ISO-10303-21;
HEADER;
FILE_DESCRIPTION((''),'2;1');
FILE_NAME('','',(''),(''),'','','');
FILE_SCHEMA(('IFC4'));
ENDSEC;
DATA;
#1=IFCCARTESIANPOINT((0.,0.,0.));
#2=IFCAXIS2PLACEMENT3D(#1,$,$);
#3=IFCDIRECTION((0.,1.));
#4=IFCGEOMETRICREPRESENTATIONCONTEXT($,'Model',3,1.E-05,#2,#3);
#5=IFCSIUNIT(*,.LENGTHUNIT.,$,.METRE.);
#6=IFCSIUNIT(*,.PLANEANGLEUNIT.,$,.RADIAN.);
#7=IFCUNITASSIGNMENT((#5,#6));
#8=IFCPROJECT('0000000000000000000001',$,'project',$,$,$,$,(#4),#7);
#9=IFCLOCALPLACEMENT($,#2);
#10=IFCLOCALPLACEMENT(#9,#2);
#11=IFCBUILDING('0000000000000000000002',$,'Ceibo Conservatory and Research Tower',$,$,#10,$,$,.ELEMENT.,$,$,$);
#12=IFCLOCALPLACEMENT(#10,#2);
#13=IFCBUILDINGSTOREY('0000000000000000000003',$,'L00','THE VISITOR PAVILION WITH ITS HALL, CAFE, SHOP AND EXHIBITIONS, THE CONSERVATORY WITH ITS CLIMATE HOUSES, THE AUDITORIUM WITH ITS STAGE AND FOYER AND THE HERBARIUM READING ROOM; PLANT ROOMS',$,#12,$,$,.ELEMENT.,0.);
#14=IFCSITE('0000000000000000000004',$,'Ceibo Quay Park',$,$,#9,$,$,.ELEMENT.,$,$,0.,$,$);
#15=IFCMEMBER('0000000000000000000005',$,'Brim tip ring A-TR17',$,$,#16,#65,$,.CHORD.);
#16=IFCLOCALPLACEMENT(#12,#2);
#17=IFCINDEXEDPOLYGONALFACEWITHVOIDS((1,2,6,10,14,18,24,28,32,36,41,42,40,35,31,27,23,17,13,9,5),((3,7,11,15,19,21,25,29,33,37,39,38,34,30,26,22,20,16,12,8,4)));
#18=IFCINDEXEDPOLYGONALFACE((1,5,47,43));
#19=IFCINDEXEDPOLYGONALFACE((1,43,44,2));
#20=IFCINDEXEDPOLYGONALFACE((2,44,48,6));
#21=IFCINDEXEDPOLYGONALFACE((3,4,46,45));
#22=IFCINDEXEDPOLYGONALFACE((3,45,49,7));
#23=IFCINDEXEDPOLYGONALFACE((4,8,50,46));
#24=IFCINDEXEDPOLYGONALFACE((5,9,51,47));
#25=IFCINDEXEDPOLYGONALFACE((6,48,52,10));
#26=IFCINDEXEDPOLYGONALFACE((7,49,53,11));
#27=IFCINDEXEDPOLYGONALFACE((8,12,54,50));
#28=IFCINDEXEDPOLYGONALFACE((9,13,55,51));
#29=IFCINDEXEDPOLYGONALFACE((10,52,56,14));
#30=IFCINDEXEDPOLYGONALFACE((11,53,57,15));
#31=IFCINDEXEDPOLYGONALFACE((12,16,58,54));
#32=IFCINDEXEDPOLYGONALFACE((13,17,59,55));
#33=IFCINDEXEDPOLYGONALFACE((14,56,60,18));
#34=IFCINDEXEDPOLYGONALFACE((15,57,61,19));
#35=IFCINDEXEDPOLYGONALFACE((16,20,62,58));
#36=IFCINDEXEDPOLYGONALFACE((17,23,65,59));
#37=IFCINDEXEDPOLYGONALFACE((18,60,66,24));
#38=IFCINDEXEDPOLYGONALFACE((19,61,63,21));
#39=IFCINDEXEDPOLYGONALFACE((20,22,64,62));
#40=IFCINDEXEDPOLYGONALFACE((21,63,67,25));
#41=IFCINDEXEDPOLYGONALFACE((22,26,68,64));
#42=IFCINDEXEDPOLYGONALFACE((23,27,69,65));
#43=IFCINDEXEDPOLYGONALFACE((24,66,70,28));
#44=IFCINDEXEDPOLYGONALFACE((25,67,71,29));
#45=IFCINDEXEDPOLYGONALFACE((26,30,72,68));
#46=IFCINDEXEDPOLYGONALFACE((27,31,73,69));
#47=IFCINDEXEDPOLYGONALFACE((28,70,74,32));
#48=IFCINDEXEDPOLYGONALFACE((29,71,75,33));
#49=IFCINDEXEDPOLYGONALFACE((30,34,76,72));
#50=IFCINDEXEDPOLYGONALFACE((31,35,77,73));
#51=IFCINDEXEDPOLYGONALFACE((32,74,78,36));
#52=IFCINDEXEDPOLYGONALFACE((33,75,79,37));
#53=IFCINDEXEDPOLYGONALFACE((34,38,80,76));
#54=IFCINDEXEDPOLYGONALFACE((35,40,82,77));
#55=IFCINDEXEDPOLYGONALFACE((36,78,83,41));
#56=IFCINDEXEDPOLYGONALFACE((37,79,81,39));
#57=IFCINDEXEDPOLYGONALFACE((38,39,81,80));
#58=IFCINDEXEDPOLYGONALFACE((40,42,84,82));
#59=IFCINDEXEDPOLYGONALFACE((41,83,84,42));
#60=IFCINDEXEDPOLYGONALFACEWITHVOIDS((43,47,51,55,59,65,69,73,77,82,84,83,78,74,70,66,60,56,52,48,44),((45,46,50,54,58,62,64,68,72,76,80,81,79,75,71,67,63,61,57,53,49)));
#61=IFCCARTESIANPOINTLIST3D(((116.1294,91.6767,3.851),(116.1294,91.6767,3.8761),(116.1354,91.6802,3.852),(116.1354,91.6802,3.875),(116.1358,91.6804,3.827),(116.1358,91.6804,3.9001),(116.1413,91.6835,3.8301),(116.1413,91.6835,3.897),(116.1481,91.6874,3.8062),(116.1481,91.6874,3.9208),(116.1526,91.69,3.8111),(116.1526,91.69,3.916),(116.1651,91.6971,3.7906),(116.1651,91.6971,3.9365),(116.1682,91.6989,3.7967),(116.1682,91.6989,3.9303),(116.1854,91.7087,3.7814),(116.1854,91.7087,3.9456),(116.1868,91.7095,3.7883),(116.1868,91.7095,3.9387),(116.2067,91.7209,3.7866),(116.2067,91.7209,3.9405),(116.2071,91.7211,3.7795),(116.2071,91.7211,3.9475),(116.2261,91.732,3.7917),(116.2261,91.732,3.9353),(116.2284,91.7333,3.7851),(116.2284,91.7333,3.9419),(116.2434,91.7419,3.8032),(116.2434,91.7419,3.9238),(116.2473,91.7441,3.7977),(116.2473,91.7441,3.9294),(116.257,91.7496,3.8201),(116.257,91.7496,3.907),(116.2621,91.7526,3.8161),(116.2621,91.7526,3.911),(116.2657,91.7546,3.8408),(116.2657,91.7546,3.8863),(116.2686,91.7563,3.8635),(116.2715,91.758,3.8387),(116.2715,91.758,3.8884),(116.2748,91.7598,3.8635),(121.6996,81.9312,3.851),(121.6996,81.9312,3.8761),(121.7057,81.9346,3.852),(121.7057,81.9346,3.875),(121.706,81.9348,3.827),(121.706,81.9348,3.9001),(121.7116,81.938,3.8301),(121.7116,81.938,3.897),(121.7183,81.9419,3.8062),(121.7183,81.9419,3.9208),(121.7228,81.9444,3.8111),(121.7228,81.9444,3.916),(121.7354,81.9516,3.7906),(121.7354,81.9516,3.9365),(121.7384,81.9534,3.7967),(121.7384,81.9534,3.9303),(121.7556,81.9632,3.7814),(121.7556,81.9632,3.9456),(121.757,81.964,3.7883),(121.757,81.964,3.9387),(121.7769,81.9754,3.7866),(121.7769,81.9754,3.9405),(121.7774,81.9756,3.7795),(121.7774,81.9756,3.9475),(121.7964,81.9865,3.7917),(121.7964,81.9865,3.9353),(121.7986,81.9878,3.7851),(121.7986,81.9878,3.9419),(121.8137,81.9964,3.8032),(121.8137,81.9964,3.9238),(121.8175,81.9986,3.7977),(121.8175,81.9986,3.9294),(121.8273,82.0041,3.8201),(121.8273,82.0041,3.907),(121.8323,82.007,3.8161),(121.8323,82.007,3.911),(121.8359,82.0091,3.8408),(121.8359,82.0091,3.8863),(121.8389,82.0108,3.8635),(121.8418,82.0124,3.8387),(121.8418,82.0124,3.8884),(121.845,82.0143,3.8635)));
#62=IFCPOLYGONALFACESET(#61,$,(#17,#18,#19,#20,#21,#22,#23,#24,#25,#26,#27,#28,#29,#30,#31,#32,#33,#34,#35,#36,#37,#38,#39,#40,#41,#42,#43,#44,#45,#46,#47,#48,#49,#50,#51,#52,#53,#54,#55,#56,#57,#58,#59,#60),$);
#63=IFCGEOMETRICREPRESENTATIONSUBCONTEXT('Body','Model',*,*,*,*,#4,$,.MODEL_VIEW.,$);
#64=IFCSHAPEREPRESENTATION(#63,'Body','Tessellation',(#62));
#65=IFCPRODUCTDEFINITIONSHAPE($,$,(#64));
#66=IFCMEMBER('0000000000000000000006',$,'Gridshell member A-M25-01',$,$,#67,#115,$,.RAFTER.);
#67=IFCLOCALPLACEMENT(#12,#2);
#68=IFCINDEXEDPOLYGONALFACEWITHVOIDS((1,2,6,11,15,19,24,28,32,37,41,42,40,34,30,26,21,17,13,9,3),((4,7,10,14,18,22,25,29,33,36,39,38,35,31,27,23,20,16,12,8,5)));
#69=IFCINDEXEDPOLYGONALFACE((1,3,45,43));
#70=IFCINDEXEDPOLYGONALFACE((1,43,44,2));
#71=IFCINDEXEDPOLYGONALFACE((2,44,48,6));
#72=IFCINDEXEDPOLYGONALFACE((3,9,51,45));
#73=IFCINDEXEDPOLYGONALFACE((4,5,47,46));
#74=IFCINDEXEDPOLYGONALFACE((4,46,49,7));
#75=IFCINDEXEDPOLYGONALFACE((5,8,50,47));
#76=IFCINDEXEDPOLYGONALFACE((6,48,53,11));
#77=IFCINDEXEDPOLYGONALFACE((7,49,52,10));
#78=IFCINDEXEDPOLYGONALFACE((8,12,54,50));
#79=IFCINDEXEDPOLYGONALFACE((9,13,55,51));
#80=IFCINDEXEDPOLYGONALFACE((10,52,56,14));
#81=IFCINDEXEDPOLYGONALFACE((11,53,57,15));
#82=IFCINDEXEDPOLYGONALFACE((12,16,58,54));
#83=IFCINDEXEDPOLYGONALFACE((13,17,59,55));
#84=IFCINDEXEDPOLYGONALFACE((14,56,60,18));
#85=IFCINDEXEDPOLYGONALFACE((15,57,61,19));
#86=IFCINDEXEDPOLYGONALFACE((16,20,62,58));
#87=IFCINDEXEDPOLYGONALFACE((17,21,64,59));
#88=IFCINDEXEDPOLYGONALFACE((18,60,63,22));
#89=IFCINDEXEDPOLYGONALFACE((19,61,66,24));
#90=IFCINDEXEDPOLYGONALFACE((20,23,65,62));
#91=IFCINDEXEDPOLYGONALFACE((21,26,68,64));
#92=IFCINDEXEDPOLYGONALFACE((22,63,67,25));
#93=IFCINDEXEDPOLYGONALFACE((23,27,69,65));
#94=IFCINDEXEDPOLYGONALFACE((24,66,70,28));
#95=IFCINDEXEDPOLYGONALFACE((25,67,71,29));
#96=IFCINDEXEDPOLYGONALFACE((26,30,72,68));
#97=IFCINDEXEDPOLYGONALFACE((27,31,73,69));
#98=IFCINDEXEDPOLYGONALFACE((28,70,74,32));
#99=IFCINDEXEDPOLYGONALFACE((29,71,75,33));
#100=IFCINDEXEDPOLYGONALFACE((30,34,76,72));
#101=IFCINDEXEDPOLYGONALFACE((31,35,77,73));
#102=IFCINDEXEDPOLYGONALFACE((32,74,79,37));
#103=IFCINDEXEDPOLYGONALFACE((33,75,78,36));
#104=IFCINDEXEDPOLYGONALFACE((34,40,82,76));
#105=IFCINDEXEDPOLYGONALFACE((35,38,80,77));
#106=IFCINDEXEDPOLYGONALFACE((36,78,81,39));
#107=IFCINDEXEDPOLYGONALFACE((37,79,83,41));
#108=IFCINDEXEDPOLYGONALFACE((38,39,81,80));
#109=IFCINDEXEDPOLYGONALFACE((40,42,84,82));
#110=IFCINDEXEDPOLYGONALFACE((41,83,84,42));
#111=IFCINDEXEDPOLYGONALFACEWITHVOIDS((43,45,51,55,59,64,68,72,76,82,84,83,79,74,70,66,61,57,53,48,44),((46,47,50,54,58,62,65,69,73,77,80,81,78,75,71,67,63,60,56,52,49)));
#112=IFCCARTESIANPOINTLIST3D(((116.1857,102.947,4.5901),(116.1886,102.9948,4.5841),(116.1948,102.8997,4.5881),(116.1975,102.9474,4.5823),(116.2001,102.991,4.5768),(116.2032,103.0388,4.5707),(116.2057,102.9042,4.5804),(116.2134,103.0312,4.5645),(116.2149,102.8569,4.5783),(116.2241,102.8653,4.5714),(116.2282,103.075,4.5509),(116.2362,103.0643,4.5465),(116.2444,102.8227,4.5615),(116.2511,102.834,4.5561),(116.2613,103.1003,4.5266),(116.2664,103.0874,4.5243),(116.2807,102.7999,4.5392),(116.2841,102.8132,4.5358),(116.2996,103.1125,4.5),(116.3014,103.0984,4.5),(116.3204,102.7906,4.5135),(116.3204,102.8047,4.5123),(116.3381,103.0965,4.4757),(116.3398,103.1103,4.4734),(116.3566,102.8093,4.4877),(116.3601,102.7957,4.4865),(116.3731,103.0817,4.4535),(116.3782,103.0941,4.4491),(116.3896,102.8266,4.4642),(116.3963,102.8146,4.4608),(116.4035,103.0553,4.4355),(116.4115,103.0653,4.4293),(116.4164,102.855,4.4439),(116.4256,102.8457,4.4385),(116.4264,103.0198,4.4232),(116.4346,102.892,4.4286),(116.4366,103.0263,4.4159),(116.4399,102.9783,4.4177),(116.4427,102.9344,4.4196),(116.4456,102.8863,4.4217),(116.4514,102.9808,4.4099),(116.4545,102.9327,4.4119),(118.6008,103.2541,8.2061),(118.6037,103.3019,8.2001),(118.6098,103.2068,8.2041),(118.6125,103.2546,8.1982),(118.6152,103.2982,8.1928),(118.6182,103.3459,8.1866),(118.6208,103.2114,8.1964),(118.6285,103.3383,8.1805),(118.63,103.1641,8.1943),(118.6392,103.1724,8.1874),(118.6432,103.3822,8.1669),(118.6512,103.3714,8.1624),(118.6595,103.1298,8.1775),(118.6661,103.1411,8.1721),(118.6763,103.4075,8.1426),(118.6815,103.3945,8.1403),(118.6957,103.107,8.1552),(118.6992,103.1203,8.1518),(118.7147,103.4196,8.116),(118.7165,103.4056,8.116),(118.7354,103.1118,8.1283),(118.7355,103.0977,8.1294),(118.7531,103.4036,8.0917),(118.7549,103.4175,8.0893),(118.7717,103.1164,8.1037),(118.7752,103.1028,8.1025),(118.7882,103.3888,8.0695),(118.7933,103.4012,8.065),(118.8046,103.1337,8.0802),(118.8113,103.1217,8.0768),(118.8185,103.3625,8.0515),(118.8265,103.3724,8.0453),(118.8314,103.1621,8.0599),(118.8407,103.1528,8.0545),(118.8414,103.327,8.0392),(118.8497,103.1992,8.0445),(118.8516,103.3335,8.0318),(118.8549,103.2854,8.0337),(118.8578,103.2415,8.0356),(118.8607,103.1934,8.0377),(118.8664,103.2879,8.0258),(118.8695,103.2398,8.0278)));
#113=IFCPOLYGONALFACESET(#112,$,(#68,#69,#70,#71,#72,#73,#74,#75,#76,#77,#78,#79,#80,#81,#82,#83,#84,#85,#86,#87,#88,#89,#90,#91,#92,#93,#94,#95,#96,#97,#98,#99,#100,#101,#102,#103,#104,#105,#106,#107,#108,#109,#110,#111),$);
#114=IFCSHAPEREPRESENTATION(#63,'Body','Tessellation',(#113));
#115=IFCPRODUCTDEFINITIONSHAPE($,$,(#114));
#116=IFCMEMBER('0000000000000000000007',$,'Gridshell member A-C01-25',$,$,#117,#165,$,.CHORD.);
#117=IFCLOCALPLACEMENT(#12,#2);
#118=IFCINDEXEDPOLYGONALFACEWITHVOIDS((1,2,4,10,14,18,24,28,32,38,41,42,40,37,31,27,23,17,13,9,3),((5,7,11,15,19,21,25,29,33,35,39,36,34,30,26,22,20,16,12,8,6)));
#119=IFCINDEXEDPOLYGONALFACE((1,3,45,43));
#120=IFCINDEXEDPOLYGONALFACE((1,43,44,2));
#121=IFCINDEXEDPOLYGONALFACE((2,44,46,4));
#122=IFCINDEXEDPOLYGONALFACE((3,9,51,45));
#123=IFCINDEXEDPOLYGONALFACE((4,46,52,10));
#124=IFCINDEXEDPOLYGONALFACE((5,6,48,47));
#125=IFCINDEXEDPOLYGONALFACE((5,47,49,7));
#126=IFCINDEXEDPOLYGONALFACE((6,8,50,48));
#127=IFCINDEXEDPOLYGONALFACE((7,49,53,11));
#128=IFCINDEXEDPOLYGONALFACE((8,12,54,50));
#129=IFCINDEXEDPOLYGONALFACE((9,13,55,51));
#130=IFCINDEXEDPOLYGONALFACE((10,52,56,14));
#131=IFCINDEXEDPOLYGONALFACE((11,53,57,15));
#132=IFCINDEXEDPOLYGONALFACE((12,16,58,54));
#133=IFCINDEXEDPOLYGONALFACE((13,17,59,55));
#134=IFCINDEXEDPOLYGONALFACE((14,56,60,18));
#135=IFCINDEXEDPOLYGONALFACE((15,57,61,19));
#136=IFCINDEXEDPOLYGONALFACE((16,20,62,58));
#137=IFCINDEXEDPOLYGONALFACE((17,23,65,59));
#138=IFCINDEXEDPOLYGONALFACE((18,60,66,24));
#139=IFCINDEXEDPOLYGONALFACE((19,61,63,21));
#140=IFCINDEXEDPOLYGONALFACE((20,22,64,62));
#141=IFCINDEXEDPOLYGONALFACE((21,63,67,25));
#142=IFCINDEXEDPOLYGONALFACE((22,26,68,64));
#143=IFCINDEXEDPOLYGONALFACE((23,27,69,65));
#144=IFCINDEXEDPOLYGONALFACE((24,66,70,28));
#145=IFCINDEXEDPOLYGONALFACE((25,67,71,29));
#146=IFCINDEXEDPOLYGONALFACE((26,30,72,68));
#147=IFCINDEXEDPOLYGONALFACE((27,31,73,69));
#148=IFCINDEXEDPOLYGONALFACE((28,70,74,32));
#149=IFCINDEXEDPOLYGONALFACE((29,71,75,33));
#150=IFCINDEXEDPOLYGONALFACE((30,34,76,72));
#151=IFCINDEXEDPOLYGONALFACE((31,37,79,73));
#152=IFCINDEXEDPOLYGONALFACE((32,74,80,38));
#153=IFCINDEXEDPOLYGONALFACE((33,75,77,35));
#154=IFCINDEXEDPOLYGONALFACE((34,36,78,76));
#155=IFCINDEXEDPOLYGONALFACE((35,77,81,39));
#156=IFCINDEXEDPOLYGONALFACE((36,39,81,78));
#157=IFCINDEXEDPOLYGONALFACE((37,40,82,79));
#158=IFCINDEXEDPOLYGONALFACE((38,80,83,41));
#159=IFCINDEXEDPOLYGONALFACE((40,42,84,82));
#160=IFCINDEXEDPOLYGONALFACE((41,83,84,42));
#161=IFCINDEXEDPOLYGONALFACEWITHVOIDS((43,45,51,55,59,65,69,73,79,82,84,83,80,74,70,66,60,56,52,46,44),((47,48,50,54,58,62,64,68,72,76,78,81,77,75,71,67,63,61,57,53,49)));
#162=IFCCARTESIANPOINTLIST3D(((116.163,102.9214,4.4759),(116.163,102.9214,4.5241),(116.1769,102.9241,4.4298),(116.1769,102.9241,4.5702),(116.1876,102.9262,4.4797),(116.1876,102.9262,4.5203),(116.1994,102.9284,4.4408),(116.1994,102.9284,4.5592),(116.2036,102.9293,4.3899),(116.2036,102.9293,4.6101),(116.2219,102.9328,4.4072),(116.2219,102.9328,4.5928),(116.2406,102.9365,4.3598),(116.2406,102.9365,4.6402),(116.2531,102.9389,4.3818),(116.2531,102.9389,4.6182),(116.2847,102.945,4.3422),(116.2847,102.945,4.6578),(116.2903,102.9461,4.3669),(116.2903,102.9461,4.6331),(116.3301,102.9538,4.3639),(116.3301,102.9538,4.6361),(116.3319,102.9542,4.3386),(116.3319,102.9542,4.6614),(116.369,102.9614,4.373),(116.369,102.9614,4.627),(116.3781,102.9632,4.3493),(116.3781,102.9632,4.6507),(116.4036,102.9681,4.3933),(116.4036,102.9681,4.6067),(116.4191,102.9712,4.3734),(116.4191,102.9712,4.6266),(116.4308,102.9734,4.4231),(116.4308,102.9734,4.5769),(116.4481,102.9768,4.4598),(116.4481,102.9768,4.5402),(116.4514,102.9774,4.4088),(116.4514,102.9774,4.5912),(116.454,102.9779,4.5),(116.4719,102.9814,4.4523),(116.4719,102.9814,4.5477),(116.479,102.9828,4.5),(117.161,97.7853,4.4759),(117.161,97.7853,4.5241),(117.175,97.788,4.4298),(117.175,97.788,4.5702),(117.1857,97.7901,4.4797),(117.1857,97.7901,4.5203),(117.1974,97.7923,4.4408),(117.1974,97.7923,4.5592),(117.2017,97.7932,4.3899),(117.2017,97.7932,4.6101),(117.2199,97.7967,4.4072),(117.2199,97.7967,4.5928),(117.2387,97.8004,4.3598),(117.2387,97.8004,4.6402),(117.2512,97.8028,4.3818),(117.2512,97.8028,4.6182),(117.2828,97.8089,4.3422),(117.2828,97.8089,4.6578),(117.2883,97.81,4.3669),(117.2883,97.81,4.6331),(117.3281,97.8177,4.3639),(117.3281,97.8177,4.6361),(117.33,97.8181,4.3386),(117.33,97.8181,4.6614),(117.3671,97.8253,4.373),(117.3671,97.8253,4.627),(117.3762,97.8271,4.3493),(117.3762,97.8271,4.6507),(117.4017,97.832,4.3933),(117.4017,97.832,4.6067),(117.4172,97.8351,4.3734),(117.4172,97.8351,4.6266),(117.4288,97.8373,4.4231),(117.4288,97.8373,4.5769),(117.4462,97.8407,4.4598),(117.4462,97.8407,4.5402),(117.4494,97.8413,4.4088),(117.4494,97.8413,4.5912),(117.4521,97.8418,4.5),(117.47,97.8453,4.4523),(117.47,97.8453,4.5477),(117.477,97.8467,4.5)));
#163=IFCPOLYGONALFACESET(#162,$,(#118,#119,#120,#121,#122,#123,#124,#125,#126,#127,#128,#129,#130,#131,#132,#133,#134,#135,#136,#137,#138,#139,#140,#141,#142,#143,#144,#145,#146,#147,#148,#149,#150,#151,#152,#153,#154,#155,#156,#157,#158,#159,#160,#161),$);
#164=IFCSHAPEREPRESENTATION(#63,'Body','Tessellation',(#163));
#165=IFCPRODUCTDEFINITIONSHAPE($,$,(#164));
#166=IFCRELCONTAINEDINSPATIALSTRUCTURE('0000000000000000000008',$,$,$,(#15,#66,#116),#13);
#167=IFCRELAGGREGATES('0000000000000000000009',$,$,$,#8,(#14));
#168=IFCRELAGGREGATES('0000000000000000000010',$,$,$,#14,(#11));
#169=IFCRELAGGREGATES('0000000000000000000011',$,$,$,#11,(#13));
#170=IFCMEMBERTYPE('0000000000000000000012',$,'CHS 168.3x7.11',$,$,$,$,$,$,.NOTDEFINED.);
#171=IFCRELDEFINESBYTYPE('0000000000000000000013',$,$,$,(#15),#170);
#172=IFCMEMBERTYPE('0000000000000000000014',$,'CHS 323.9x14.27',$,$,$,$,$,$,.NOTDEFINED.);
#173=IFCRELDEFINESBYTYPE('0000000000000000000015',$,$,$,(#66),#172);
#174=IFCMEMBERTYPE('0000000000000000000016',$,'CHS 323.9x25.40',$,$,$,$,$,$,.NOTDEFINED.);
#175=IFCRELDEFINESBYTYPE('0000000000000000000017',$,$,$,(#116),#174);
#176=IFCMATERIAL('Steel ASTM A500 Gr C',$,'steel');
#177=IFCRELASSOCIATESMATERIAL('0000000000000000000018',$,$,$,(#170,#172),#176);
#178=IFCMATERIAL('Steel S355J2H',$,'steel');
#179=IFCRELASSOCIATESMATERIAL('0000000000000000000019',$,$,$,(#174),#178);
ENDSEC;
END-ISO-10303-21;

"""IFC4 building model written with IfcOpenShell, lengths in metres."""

from ifc_helpers import new_model, si_unit, direction, frame, origin, origin_2d, place, context, subcontext, project, spatial, hollow_circle, extrude, material, material_profile, profile_set, type_object, element, save


model = new_model("IFC4")

# Units and contexts
model_context = context("Model", 3, precision=1e-05, world=origin(), true_north=direction((0.0, 1.0)))
body_context = subcontext(model_context, "Body", "Model", "MODEL_VIEW")
ifc_project = project(units=[si_unit("LENGTHUNIT", "METRE"), si_unit("PLANEANGLEUNIT", "RADIAN")], contexts=[model_context])

# Site, building, storey
site_placement = place(None, origin())
site = spatial("IfcSite", under=ifc_project, at=site_placement, Name="Ceibo Quay Park", CompositionType="ELEMENT", RefElevation=0.0)
building_placement = place(site_placement, origin())
building = spatial("IfcBuilding", under=site, at=building_placement, Name="Ceibo Conservatory and Research Tower", CompositionType="ELEMENT")
storey_placement = place(building_placement, origin())
storey = spatial("IfcBuildingStorey", under=building, at=storey_placement, Name="L00", Description="THE VISITOR PAVILION WITH ITS HALL, CAFE, SHOP AND EXHIBITIONS, THE CONSERVATORY WITH ITS CLIMATE HOUSES, THE AUDITORIUM WITH ITS STAGE AND FOYER AND THE HERBARIUM READING ROOM; PLANT ROOMS", CompositionType="ELEMENT", Elevation=0.0)

# Shared definitions
ifc_material_1 = material(Name="Steel ASTM A500 Gr C", Category="steel")

# Members
ifc_material_profile_1 = material_profile(ifc_material_1, hollow_circle(Radius=0.0842, WallThickness=0.0071, at=origin_2d()), Name="CHS 168.3x7.11")
ifc_profile_set_1 = profile_set([ifc_material_profile_1], Name="Steel ASTM A500 Gr C")
member_type_1 = type_object("IfcMemberType", Name="CHS 168.3x7.11", PredefinedType="NOTDEFINED", material=ifc_profile_set_1)
member_1_placement = place(storey_placement, frame((116.2017, 91.718, 3.8635), z_axis=(0.496233, -0.86819, 0.0), x_axis=(0.86819, 0.496233, 0.0)))
element("IfcMember", 1, at=member_1_placement, inside=storey, type_object=member_type_1, Name="Brim tip ring A-TR17", PredefinedType="CHORD", context=body_context, shape_type="SweptSolid", body=[
    extrude(hollow_circle(Radius=0.0842, WallThickness=0.0071, at=origin_2d()), origin(), (0.0, 0.0, 1.0), 11.2251),
])
ifc_material_profile_2 = material_profile(ifc_material_1, hollow_circle(Radius=0.1619, WallThickness=0.0142, at=origin_2d()), Name="CHS 323.9x14.27")
ifc_profile_set_2 = profile_set([ifc_material_profile_2], Name="Steel ASTM A500 Gr C")
member_type_2 = type_object("IfcMemberType", Name="CHS 323.9x14.27", PredefinedType="NOTDEFINED", material=ifc_profile_set_2)
member_2_placement = place(storey_placement, frame((116.3201, 102.9519, 4.5), z_axis=(0.554019, 0.070457, 0.829517), x_axis=(-0.126157, 0.99201, 0.0)))
element("IfcMember", 2, at=member_2_placement, inside=storey, type_object=member_type_2, Name="Gridshell member A-M25-01", PredefinedType="RAFTER", context=body_context, shape_type="SweptSolid", body=[
    extrude(hollow_circle(Radius=0.1619, WallThickness=0.0142, at=origin_2d()), origin(), (0.0, 0.0, 1.0), 4.3591),
])
ifc_material_2 = material(Name="Steel S355J2H", Category="steel")
ifc_material_profile_3 = material_profile(ifc_material_2, hollow_circle(Radius=0.1619, WallThickness=0.0254, at=origin_2d()), Name="CHS 323.9x25.40")
ifc_profile_set_3 = profile_set([ifc_material_profile_3], Name="Steel S355J2H")
member_type_3 = type_object("IfcMemberType", Name="CHS 323.9x25.40", PredefinedType="NOTDEFINED", material=ifc_profile_set_3)
member_3_placement = place(storey_placement, frame((116.3201, 102.9519, 4.5), z_axis=(0.190756, -0.981637, 0.0), x_axis=(0.981637, 0.190756, 0.0)))
element("IfcMember", 3, at=member_3_placement, inside=storey, type_object=member_type_3, Name="Gridshell member A-C01-25", PredefinedType="CHORD", context=body_context, shape_type="SweptSolid", body=[
    extrude(hollow_circle(Radius=0.1619, WallThickness=0.0254, at=origin_2d()), origin(), (0.0, 0.0, 1.0), 5.2322),
])

save(model, "model.ifc")
